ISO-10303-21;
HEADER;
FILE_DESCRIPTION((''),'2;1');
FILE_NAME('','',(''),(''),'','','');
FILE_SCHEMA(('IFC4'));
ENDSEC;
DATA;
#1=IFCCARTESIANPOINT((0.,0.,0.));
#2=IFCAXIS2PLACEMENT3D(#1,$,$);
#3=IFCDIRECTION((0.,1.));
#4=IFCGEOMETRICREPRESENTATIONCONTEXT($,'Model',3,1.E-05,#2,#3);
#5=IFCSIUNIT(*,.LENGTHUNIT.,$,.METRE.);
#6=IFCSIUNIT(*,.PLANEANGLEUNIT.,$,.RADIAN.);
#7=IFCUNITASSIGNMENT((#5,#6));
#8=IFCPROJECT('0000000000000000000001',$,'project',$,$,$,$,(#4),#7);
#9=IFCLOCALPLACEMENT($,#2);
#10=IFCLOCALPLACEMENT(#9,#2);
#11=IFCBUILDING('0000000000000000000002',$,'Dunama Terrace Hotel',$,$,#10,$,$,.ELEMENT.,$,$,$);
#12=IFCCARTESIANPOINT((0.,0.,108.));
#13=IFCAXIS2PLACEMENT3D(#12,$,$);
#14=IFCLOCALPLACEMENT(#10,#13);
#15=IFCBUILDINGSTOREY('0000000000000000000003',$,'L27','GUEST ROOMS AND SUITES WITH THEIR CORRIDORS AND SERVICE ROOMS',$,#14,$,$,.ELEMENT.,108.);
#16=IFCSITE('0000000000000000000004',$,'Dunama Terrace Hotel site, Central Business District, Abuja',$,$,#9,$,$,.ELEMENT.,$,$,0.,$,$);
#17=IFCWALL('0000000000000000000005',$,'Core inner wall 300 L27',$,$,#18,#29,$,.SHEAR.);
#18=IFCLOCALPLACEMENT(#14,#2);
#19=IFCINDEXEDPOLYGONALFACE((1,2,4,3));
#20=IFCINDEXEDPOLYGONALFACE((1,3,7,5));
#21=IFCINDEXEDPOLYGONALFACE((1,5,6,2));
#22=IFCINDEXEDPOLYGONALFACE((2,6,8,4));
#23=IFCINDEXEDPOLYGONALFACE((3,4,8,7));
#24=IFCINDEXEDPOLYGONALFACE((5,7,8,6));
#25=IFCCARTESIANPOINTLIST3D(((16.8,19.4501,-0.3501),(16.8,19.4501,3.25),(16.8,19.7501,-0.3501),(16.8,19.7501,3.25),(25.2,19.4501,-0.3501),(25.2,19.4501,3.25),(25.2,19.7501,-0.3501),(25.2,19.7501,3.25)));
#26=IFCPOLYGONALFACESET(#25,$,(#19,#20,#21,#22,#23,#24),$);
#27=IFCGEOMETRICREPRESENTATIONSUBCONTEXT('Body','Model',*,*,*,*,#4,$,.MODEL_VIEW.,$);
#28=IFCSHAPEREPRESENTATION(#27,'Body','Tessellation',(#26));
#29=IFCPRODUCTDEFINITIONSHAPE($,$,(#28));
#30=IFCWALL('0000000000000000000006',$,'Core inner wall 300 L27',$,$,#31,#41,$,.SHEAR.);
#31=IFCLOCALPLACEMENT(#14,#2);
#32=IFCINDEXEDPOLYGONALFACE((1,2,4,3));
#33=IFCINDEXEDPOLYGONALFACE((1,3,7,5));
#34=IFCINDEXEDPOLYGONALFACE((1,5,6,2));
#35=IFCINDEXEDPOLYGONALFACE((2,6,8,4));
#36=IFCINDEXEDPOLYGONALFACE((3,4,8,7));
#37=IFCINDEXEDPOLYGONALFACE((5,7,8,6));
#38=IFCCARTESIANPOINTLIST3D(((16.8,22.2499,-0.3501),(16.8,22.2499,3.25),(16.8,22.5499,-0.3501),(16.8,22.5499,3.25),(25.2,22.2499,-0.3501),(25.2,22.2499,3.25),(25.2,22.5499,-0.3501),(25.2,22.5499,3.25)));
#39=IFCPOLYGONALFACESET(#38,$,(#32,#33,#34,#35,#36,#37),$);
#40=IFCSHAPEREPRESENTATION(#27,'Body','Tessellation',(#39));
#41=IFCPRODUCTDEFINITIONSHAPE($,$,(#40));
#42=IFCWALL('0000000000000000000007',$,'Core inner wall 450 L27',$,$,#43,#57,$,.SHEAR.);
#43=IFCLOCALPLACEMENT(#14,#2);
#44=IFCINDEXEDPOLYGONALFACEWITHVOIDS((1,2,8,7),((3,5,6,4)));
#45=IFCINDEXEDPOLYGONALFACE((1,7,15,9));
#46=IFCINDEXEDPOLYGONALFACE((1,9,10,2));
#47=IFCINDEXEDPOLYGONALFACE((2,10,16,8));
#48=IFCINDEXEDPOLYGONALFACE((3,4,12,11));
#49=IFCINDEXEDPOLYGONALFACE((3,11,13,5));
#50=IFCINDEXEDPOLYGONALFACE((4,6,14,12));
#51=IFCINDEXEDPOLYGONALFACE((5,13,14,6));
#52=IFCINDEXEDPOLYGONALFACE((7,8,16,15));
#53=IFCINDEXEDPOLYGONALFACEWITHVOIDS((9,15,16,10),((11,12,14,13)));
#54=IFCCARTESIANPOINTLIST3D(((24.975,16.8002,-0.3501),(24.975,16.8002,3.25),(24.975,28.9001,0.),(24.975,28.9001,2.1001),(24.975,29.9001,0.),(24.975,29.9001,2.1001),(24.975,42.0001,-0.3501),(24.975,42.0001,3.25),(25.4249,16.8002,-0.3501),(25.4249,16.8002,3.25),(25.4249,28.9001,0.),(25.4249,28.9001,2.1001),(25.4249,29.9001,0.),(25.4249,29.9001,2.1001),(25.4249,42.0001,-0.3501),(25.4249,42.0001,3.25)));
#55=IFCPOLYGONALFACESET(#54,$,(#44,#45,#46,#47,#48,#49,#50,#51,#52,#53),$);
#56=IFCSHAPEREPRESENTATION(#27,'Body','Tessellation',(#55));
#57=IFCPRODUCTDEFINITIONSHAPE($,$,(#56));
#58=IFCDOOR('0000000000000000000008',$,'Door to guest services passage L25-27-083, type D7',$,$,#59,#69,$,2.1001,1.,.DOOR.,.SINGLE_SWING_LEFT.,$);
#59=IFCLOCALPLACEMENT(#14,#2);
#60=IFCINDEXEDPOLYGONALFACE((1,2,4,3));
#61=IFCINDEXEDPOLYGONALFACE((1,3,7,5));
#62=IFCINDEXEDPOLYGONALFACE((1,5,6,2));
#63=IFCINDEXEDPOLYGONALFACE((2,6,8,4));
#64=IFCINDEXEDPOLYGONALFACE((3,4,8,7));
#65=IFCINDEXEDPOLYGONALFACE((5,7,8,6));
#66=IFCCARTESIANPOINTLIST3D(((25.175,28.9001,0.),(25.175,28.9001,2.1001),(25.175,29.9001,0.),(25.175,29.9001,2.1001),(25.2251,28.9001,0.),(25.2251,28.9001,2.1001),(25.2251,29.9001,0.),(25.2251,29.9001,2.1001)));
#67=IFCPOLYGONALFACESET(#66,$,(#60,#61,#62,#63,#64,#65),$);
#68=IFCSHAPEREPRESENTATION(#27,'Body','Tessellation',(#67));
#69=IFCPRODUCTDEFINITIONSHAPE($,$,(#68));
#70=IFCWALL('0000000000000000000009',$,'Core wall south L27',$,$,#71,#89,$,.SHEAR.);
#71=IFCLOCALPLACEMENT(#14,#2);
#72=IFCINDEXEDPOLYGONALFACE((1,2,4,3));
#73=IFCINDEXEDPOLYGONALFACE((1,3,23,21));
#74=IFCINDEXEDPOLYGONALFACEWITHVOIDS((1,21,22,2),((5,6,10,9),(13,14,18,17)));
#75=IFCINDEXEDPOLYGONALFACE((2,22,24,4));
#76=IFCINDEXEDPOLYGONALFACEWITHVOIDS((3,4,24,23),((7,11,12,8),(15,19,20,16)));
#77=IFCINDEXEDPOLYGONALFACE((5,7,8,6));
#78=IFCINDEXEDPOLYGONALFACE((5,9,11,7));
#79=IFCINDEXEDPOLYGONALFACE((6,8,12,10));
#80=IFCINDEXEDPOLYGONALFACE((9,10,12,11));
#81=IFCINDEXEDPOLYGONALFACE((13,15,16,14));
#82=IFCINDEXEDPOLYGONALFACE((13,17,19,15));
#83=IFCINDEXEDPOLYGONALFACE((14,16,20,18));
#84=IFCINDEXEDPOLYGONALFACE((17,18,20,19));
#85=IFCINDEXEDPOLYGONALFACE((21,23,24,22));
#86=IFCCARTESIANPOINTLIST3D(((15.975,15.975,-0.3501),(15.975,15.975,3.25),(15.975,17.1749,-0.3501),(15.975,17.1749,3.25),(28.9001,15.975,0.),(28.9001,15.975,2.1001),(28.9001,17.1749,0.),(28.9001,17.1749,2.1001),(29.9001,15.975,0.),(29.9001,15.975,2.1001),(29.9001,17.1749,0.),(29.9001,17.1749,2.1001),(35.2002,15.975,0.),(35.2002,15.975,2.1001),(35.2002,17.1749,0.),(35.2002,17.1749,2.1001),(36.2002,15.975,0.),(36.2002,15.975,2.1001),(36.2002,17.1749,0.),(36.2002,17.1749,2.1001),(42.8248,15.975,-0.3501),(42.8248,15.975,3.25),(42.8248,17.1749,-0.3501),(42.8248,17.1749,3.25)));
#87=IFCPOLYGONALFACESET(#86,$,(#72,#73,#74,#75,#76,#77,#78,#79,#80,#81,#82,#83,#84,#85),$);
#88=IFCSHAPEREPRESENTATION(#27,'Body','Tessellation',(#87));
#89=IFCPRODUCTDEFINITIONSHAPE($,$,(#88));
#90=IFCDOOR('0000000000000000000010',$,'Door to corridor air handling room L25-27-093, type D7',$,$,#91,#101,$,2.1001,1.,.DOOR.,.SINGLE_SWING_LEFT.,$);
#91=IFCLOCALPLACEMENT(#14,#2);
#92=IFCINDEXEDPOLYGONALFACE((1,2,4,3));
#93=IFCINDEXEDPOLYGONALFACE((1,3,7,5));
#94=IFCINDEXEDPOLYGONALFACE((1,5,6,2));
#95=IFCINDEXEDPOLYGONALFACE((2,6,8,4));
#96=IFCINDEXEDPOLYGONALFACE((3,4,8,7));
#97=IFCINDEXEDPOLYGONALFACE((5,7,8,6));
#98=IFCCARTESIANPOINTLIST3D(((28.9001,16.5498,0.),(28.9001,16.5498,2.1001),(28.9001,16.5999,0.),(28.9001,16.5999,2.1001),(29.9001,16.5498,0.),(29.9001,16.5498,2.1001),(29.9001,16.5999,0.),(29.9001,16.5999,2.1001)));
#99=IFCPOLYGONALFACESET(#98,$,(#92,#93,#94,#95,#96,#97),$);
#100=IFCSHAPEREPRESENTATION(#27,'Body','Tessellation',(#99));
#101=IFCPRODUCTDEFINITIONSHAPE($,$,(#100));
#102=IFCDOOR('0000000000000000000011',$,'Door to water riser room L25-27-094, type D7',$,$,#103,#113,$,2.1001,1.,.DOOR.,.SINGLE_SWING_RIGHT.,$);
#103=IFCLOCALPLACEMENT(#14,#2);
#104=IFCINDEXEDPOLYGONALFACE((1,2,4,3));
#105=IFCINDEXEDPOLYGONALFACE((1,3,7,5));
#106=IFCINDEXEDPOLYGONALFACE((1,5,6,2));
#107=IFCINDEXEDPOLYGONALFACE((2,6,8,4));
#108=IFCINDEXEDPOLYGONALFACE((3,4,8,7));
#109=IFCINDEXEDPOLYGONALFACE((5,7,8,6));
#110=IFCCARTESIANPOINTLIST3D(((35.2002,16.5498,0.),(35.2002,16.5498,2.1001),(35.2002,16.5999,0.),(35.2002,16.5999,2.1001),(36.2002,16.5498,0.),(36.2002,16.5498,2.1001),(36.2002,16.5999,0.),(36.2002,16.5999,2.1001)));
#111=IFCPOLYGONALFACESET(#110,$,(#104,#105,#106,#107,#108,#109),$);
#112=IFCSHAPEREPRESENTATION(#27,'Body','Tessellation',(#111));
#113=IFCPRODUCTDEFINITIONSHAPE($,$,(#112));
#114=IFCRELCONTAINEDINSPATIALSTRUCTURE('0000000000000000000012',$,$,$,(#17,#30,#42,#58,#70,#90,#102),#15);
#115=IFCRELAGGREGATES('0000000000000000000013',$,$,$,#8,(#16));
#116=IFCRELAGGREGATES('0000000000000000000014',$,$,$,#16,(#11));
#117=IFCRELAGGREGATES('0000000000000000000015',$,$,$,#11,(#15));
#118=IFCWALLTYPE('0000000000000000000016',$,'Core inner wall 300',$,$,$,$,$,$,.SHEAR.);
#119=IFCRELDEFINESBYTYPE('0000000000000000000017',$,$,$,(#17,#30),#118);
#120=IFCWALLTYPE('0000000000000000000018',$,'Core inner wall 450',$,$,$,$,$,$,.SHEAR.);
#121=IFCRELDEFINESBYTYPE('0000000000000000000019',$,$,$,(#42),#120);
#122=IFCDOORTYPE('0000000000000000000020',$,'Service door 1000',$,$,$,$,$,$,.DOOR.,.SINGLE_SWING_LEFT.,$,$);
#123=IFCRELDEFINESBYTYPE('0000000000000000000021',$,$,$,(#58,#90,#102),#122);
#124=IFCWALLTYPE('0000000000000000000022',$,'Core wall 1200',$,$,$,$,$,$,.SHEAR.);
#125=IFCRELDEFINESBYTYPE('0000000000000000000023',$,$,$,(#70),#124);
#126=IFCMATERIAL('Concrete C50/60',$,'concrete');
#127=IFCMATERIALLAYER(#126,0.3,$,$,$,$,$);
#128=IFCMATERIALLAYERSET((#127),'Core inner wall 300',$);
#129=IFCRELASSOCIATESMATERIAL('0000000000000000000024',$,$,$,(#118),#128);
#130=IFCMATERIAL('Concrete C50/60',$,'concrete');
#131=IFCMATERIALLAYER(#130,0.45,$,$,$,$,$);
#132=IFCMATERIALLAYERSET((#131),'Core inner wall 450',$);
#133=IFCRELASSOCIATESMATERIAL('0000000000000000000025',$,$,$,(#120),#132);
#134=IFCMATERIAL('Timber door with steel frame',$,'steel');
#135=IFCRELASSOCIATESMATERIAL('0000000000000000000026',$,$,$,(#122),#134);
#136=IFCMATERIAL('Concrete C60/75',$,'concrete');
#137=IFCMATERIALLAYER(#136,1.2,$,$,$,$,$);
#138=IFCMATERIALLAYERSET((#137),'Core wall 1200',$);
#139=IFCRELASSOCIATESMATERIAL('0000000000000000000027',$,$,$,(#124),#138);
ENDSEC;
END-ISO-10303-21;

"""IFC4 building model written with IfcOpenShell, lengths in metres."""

from ifc_helpers import new_model, si_unit, direction, frame, frame_2d, origin, place, context, subcontext, project, spatial, rectangle, extrude, material, layer, layer_set, type_object, element, fill, save


model = new_model("IFC4")

# Units and contexts
model_context = context("Model", 3, precision=1e-05, world=origin(), true_north=direction((0.0, 1.0)))
body_context = subcontext(model_context, "Body", "Model", "MODEL_VIEW")
ifc_project = project(units=[si_unit("LENGTHUNIT", "METRE"), si_unit("PLANEANGLEUNIT", "RADIAN")], contexts=[model_context])

# Site, building, storey
site_placement = place(None, origin())
site = spatial("IfcSite", under=ifc_project, at=site_placement, Name="Dunama Terrace Hotel site, Central Business District, Abuja", CompositionType="ELEMENT", RefElevation=0.0)
building_placement = place(site_placement, origin())
building = spatial("IfcBuilding", under=site, at=building_placement, Name="Dunama Terrace Hotel", CompositionType="ELEMENT")
storey_placement = place(building_placement, frame((0.0, 0.0, 108.0)))
storey = spatial("IfcBuildingStorey", under=building, at=storey_placement, Name="L27", Description="GUEST ROOMS AND SUITES WITH THEIR CORRIDORS AND SERVICE ROOMS", CompositionType="ELEMENT", Elevation=108.0)

# Walls
ifc_material_1 = material(Name="Concrete C50/60", Category="concrete")
ifc_layer_1 = layer(ifc_material_1, 0.3)
ifc_layer_set_1 = layer_set([ifc_layer_1], Name="Core inner wall 300")
wall_type_1 = type_object("IfcWallType", Name="Core inner wall 300", PredefinedType="SHEAR", material=ifc_layer_set_1)
for number, where, z_axis, x_axis, name in (
    (1, (16.8, 19.6001, -0.3501), (0.0, 0.0, 1.0), (1.0, 0.0, 0.0), "Core inner wall 300 L27"),
    (2, (16.8, 22.3999, -0.3501), (0.0, 0.0, 1.0), (1.0, 0.0, 0.0), "Core inner wall 300 L27"),
):
    element("IfcWall", number, at=place(storey_placement, frame(where, z_axis=z_axis, x_axis=x_axis)), inside=storey, type_object=wall_type_1, Name=name, PredefinedType="SHEAR", context=body_context, shape_type="SweptSolid", body=[
        extrude(rectangle(XDim=8.3999, YDim=0.3, at=frame_2d((4.2, 0.0))), origin(), (0.0, 0.0, 1.0), 3.6001),
    ])

# Wall, opening, door
ifc_material_2 = material(Name="Concrete C50/60", Category="concrete")
ifc_layer_2 = layer(ifc_material_2, 0.45)
ifc_layer_set_2 = layer_set([ifc_layer_2], Name="Core inner wall 450")
wall_type_2 = type_object("IfcWallType", Name="Core inner wall 450", PredefinedType="SHEAR", material=ifc_layer_set_2)
wall_1_placement = place(storey_placement, frame((25.2, 16.8, -0.3501), z_axis=(0.0, 0.0, 1.0), x_axis=(0.0, 1.0, 0.0)))
wall_1 = element("IfcWall", 3, at=wall_1_placement, inside=storey, type_object=wall_type_2, Name="Core inner wall 450 L27", PredefinedType="SHEAR", context=body_context, shape_type="SweptSolid", body=[
    extrude(rectangle(XDim=25.2, YDim=0.45, at=frame_2d((12.6001, 0.0))), origin(), (0.0, 0.0, 1.0), 3.6001),
])
opening_1_placement = place(wall_1_placement, frame((12.1001, 0.0, 0.3501)))
opening_1 = element("IfcOpeningElement", 4, at=opening_1_placement, cuts=wall_1, PredefinedType="OPENING", context=body_context, shape_type="SweptSolid", body=[
    extrude(rectangle(XDim=1.0, YDim=2.1001, at=frame_2d((0.5, 1.05))), frame((0.0, 0.2349, 0.0), z_axis=(0.0, -1.0, 0.0), x_axis=(1.0, 0.0, 0.0)), (0.0, 0.0, 1.0), 0.47),
])
ifc_material_3 = material(Name="Timber door with steel frame", Category="steel")
door_type_1 = type_object("IfcDoorType", Name="Service door 1000", OperationType="SINGLE_SWING_LEFT", PredefinedType="DOOR", material=ifc_material_3)
door_1_placement = place(opening_1_placement, origin())
door_1 = element("IfcDoor", 5, at=door_1_placement, inside=storey, type_object=door_type_1, Name="Door to guest services passage L25-27-083, type D7", OperationType="SINGLE_SWING_LEFT", OverallHeight=2.1001, OverallWidth=1.0, PredefinedType="DOOR", context=body_context, shape_type="SweptSolid", body=[
    extrude(rectangle(XDim=1.0, YDim=2.1001, at=frame_2d((0.5, 1.05))), frame((0.0, 0.0249, 0.0), z_axis=(0.0, -1.0, 0.0), x_axis=(1.0, 0.0, 0.0)), (0.0, 0.0, 1.0), 0.05),
])
fill(opening_1, door_1)

# Wall, openings, doors
ifc_material_4 = material(Name="Concrete C60/75", Category="concrete")
ifc_layer_3 = layer(ifc_material_4, 1.2)
ifc_layer_set_3 = layer_set([ifc_layer_3], Name="Core wall 1200")
wall_type_3 = type_object("IfcWallType", Name="Core wall 1200", PredefinedType="SHEAR", material=ifc_layer_set_3)
wall_2_placement = place(storey_placement, frame((15.9751, 16.575, -0.3501), z_axis=(0.0, 0.0, 1.0), x_axis=(1.0, 0.0, 0.0)))
wall_2 = element("IfcWall", 6, at=wall_2_placement, inside=storey, type_object=wall_type_3, Name="Core wall south L27", PredefinedType="SHEAR", context=body_context, shape_type="SweptSolid", body=[
    extrude(rectangle(XDim=26.8499, YDim=1.2, at=frame_2d((13.4248, 0.0))), origin(), (0.0, 0.0, 1.0), 3.6001),
])
opening_2_placement = place(wall_2_placement, frame((12.925, 0.0, 0.3501)))
opening_2 = element("IfcOpeningElement", 7, at=opening_2_placement, cuts=wall_2, PredefinedType="OPENING", context=body_context, shape_type="SweptSolid", body=[
    extrude(rectangle(XDim=1.0, YDim=2.1001, at=frame_2d((0.5, 1.05))), frame((0.0, 0.6099, 0.0), z_axis=(0.0, -1.0, 0.0), x_axis=(1.0, 0.0, 0.0)), (0.0, 0.0, 1.0), 1.22),
])
opening_3_placement = place(wall_2_placement, frame((19.2251, 0.0, 0.3501)))
opening_3 = element("IfcOpeningElement", 8, at=opening_3_placement, cuts=wall_2, PredefinedType="OPENING", context=body_context, shape_type="SweptSolid", body=[
    extrude(rectangle(XDim=1.0, YDim=2.1001, at=frame_2d((0.5, 1.05))), frame((0.0, 0.6099, 0.0), z_axis=(0.0, -1.0, 0.0), x_axis=(1.0, 0.0, 0.0)), (0.0, 0.0, 1.0), 1.22),
])
door_2_placement = place(opening_2_placement, origin())
door_2 = element("IfcDoor", 9, at=door_2_placement, inside=storey, type_object=door_type_1, Name="Door to corridor air handling room L25-27-093, type D7", OperationType="SINGLE_SWING_LEFT", OverallHeight=2.1001, OverallWidth=1.0, PredefinedType="DOOR", context=body_context, shape_type="SweptSolid", body=[
    extrude(rectangle(XDim=1.0, YDim=2.1001, at=frame_2d((0.5, 1.05))), frame((0.0, 0.0249, 0.0), z_axis=(0.0, -1.0, 0.0), x_axis=(1.0, 0.0, 0.0)), (0.0, 0.0, 1.0), 0.05),
])
fill(opening_2, door_2)
door_3_placement = place(opening_3_placement, origin())
door_3 = element("IfcDoor", 10, at=door_3_placement, inside=storey, type_object=door_type_1, Name="Door to water riser room L25-27-094, type D7", OperationType="SINGLE_SWING_RIGHT", OverallHeight=2.1001, OverallWidth=1.0, PredefinedType="DOOR", context=body_context, shape_type="SweptSolid", body=[
    extrude(rectangle(XDim=1.0, YDim=2.1001, at=frame_2d((0.5, 1.05))), frame((0.0, 0.0249, 0.0), z_axis=(0.0, -1.0, 0.0), x_axis=(1.0, 0.0, 0.0)), (0.0, 0.0, 1.0), 0.05),
])
fill(opening_3, door_3)

save(model, "model.ifc")
